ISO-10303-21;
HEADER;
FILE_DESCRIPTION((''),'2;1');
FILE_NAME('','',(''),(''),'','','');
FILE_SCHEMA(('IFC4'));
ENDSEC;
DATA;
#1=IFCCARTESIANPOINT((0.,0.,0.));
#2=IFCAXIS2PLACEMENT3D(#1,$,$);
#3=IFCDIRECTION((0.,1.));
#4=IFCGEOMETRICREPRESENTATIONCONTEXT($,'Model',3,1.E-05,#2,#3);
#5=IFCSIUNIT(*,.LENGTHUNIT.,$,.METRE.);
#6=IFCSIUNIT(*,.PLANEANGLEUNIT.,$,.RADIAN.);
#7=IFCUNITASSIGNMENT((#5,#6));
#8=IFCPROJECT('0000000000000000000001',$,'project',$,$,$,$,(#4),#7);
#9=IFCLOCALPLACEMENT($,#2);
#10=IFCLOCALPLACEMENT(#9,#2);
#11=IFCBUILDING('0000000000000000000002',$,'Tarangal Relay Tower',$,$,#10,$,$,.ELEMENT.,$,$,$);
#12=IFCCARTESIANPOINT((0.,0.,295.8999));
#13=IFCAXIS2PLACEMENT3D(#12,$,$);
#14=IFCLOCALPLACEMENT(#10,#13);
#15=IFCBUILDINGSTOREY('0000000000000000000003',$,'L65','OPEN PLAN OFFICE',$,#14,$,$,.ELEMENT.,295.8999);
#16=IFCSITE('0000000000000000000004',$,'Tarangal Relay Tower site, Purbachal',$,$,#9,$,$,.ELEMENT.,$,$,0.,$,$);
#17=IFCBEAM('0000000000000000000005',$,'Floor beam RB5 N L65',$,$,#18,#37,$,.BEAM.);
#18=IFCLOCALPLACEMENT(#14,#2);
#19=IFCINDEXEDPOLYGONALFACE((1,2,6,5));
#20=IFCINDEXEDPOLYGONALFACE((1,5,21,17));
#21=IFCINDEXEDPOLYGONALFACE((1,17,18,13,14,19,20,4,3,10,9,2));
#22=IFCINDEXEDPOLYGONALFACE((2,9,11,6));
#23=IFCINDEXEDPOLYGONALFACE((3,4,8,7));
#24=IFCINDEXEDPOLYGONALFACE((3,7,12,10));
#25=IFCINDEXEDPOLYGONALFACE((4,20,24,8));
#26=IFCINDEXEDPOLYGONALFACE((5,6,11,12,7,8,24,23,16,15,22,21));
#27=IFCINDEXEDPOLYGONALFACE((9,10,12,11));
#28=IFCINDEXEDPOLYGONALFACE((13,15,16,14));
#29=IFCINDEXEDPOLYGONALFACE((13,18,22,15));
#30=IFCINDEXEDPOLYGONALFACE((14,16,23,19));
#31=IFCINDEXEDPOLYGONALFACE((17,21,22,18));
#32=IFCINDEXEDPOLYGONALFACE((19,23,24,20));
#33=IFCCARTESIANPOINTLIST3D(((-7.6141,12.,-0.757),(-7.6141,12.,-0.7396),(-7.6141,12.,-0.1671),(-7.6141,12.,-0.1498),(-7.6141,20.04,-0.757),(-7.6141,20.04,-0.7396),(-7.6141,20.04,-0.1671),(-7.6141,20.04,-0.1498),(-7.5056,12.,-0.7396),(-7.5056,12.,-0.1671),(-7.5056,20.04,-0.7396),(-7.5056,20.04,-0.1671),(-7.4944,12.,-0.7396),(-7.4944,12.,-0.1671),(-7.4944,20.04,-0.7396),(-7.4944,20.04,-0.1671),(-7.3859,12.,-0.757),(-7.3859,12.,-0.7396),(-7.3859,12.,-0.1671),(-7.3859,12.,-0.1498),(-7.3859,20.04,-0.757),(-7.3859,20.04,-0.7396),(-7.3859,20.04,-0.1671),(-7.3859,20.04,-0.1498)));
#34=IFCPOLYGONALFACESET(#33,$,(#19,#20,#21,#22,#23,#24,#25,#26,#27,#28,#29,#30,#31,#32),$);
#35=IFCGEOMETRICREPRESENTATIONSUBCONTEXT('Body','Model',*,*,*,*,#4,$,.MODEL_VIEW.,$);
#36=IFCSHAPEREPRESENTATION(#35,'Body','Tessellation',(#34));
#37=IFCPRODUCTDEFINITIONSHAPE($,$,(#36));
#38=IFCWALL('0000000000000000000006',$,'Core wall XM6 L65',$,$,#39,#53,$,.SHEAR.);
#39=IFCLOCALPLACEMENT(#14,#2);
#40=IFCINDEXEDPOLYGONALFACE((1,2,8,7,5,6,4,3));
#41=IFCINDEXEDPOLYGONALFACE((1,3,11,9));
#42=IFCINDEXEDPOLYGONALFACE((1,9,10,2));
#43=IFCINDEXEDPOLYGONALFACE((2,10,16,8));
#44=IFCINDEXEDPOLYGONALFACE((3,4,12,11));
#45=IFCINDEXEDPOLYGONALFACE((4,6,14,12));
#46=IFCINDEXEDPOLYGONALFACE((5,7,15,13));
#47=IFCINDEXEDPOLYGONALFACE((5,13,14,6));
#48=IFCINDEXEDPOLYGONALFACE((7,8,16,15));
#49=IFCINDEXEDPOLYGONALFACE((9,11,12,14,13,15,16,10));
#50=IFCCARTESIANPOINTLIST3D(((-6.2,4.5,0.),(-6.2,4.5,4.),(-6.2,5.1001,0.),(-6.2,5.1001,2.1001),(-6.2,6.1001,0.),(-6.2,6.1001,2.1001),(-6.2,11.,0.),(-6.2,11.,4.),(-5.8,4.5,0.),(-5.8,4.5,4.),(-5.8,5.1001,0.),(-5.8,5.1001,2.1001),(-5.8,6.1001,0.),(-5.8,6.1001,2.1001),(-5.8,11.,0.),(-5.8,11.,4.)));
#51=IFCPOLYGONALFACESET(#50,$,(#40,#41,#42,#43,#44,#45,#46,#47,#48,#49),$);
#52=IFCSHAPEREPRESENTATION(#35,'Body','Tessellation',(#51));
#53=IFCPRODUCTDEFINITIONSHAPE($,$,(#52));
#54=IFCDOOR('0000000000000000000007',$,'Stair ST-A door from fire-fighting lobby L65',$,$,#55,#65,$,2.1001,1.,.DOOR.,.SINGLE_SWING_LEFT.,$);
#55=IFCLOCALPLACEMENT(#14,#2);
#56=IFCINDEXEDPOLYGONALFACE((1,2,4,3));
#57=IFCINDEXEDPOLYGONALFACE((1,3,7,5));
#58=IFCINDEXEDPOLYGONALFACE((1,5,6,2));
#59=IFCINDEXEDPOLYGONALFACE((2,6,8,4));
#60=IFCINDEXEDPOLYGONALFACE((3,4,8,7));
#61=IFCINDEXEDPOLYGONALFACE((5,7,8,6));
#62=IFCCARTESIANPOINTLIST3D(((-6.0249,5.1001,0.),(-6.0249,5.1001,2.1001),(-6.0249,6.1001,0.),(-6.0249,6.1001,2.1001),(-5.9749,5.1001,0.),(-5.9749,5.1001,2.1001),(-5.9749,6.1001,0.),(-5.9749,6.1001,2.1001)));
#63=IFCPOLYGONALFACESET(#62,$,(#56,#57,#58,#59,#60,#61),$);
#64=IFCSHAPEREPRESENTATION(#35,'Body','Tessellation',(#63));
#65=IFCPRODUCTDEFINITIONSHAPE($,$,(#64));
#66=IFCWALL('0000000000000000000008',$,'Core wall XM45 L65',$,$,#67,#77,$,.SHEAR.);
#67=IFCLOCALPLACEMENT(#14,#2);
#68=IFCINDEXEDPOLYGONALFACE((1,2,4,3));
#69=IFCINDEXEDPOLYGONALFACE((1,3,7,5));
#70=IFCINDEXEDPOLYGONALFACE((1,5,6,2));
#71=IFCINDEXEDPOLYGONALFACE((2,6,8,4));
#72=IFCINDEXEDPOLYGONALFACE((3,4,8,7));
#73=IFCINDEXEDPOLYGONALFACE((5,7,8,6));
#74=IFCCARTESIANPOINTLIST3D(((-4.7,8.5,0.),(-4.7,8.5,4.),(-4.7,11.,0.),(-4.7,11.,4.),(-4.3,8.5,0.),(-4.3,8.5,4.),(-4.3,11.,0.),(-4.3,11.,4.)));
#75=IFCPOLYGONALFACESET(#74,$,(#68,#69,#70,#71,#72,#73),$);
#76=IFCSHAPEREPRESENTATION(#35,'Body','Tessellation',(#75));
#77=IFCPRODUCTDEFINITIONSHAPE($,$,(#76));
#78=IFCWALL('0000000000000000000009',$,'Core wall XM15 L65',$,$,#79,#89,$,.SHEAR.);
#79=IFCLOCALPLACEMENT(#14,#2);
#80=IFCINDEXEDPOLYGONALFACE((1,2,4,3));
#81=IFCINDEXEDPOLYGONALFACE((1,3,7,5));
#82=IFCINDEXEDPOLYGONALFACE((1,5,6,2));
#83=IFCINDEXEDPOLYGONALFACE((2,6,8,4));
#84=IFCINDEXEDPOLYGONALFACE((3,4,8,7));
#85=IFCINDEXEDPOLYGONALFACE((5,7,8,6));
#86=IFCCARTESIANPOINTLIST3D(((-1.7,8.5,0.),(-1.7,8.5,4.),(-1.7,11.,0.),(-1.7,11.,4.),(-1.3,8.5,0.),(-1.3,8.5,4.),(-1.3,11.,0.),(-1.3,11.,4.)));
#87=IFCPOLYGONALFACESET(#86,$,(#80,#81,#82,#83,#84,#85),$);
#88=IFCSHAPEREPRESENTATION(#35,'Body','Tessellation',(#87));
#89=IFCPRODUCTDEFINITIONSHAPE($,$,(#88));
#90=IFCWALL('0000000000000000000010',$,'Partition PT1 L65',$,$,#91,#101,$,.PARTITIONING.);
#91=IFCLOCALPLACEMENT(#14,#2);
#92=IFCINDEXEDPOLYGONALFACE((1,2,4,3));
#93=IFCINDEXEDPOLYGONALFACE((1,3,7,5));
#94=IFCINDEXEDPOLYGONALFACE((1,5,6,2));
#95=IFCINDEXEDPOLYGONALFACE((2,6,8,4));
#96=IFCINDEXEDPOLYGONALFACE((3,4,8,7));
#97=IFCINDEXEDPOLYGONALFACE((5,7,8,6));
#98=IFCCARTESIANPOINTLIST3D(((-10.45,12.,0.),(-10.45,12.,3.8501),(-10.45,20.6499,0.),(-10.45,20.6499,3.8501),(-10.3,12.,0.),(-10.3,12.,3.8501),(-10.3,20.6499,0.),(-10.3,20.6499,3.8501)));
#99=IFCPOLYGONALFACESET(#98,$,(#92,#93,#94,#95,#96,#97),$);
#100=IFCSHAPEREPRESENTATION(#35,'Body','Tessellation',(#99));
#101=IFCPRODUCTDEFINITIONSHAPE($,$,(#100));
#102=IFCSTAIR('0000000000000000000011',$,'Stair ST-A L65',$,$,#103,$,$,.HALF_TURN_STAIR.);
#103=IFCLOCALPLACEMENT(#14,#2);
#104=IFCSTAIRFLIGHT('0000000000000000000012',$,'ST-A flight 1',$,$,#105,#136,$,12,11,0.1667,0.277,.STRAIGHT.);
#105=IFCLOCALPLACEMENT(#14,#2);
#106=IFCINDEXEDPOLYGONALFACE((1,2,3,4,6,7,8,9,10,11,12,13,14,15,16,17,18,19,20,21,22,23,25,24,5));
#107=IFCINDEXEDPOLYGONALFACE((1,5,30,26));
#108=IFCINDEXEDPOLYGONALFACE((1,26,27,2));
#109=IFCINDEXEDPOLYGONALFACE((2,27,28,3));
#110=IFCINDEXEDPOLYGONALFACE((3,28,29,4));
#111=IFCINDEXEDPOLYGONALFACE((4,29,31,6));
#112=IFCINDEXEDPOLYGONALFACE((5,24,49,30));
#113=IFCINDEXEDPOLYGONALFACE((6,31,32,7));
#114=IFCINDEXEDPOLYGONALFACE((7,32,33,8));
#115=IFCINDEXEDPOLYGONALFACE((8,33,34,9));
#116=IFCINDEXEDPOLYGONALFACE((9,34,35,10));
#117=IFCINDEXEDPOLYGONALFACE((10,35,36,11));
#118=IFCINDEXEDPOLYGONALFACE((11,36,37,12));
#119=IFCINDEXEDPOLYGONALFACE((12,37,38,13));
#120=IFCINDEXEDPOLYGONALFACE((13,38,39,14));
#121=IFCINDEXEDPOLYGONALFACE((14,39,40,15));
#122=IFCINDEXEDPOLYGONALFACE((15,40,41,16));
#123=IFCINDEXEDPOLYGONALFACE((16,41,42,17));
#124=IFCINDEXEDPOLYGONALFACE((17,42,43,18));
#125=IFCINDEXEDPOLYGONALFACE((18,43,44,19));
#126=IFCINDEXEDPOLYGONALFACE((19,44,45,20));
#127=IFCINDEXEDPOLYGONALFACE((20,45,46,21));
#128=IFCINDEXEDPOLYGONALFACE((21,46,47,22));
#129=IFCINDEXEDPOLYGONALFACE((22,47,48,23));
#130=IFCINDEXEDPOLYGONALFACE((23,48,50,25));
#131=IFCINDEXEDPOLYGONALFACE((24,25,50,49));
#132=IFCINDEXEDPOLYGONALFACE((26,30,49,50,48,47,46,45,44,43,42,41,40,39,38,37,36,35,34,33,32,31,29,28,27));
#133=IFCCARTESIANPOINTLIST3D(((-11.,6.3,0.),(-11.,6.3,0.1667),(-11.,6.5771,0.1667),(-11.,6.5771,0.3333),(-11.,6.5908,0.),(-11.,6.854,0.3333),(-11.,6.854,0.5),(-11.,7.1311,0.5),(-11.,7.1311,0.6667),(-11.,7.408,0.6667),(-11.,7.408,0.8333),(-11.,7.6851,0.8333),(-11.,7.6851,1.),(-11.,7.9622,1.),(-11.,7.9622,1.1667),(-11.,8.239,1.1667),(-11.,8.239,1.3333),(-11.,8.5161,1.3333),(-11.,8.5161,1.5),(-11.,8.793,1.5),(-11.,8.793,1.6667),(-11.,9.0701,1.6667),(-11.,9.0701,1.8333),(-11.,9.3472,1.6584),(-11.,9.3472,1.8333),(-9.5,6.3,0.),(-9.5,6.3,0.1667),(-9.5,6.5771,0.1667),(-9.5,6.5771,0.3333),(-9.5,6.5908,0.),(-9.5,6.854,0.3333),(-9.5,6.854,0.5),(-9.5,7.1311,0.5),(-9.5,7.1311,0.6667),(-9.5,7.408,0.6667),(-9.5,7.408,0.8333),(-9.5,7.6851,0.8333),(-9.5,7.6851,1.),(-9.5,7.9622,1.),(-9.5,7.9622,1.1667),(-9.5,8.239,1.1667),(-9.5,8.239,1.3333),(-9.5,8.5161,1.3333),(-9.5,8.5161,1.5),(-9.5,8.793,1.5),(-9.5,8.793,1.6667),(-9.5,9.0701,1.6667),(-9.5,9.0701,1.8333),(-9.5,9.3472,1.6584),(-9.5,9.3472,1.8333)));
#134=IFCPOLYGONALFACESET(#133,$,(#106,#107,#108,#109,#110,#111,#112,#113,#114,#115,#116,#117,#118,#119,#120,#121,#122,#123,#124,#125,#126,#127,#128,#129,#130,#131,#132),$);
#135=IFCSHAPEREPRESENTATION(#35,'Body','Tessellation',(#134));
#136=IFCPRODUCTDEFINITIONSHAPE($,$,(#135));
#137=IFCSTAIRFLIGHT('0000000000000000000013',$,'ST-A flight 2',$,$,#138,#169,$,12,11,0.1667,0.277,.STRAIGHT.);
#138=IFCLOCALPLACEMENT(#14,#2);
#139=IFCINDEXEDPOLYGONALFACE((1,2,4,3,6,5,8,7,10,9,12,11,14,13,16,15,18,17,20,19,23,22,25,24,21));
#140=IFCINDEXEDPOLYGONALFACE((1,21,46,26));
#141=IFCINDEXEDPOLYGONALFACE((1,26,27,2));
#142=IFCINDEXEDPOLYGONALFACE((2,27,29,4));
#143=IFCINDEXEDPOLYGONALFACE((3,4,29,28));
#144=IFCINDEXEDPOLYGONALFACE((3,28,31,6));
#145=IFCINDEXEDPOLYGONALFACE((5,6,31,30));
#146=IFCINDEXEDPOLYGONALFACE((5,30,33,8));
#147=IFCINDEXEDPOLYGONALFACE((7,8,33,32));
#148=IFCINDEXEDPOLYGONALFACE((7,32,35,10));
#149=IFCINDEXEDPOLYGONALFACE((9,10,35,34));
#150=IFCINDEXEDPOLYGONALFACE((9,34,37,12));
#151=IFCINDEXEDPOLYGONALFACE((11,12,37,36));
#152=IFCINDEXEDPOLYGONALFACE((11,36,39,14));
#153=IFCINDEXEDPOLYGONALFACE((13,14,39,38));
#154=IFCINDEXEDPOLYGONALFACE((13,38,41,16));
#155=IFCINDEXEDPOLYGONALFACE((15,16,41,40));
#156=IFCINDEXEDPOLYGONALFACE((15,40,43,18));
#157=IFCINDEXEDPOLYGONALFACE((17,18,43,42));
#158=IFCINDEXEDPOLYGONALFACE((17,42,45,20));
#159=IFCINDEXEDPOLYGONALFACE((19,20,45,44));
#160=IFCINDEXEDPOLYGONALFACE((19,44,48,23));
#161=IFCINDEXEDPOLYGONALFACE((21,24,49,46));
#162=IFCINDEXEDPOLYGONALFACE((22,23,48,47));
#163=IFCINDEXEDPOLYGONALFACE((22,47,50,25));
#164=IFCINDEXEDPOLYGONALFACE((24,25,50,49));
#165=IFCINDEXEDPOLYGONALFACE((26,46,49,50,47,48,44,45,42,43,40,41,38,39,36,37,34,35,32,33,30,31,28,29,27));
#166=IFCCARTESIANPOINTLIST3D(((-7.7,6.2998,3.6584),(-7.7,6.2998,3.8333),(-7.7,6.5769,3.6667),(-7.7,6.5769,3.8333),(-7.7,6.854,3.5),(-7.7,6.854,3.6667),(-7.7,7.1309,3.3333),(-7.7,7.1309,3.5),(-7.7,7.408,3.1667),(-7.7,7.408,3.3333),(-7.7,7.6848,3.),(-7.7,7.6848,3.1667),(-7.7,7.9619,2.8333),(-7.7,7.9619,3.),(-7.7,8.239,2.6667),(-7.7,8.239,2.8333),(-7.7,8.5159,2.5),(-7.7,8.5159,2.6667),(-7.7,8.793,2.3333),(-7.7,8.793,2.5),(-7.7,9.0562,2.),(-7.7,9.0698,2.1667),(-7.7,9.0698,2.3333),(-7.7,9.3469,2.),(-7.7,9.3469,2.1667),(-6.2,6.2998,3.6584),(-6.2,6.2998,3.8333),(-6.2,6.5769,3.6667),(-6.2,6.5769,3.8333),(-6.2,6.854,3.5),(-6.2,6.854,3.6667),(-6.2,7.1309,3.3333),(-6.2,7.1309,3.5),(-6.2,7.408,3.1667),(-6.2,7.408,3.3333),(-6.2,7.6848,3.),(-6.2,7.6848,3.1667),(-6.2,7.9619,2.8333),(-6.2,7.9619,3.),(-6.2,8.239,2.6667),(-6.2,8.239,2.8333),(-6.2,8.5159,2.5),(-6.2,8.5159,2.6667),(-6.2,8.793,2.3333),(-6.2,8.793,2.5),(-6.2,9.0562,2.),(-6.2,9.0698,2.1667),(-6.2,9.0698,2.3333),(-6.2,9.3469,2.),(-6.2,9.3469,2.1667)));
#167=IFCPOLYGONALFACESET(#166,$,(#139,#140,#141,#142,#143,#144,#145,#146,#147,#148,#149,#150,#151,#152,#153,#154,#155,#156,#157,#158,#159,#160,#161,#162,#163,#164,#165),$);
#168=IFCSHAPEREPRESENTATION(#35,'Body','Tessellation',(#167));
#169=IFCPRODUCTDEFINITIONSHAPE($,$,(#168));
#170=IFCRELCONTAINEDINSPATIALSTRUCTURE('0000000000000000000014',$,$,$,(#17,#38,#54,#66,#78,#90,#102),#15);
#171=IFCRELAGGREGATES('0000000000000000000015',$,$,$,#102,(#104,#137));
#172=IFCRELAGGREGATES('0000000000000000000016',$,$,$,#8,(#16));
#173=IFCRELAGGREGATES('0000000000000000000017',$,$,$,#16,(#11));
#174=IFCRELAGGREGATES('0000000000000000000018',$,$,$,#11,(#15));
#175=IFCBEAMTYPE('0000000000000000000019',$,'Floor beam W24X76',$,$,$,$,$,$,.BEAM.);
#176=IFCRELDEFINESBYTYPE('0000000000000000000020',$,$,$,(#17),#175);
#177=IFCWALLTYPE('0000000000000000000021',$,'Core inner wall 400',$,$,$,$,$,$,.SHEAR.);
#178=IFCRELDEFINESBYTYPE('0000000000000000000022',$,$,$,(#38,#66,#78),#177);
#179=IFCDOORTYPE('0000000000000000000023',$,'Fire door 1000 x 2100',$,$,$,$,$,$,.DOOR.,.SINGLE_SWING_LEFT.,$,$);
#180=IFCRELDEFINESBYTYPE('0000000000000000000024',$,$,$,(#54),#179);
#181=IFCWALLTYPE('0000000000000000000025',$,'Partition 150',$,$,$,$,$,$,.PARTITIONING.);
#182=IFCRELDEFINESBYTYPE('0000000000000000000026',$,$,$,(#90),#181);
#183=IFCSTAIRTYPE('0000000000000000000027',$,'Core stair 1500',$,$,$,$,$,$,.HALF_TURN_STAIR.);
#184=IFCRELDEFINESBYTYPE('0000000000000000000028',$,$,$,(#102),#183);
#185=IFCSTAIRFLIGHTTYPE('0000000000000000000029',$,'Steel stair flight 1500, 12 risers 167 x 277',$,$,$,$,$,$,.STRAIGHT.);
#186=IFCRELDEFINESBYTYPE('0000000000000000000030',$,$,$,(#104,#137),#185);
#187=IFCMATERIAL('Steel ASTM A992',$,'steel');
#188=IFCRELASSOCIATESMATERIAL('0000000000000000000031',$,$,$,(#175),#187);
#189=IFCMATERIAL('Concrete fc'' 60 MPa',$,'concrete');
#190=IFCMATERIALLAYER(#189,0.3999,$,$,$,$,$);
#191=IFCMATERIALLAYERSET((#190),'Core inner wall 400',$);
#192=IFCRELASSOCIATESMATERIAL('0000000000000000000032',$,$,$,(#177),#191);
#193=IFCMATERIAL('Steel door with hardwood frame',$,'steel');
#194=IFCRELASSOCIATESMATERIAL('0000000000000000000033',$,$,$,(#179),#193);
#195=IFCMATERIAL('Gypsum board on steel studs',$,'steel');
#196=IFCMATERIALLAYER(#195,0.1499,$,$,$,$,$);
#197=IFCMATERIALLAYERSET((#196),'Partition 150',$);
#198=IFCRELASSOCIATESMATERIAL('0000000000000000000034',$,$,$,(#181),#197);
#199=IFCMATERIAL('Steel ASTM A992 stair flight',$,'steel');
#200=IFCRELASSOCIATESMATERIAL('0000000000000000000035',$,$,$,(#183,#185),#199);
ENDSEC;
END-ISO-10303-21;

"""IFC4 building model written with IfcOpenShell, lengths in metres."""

from ifc_helpers import new_model, si_unit, direction, frame, frame_2d, origin, origin_2d, place, context, subcontext, project, spatial, polyline, rectangle, i_section, outline, extrude, material, layer, layer_set, material_profile, profile_set, type_object, element, fill, aggregate, save


model = new_model("IFC4")

# Units and contexts
model_context = context("Model", 3, precision=1e-05, world=origin(), true_north=direction((0.0, 1.0)))
body_context = subcontext(model_context, "Body", "Model", "MODEL_VIEW")
ifc_project = project(units=[si_unit("LENGTHUNIT", "METRE"), si_unit("PLANEANGLEUNIT", "RADIAN")], contexts=[model_context])

# Site, building, storey
site_placement = place(None, origin())
site = spatial("IfcSite", under=ifc_project, at=site_placement, Name="Tarangal Relay Tower site, Purbachal", CompositionType="ELEMENT", RefElevation=0.0)
building_placement = place(site_placement, origin())
building = spatial("IfcBuilding", under=site, at=building_placement, Name="Tarangal Relay Tower", CompositionType="ELEMENT")
storey_placement = place(building_placement, frame((0.0, 0.0, 295.8999)))
storey = spatial("IfcBuildingStorey", under=building, at=storey_placement, Name="L65", Description="OPEN PLAN OFFICE", CompositionType="ELEMENT", Elevation=295.8999)

# Beam
ifc_material_1 = material(Name="Steel ASTM A992", Category="steel")
ifc_material_profile = material_profile(ifc_material_1, i_section(OverallWidth=0.2283, OverallDepth=0.6072, WebThickness=0.0112, FlangeThickness=0.0173, at=origin_2d()), Name="W24X76")
ifc_profile_set = profile_set([ifc_material_profile], Name="Steel ASTM A992")
beam_type = type_object("IfcBeamType", Name="Floor beam W24X76", PredefinedType="BEAM", material=ifc_profile_set)
beam_placement = place(storey_placement, frame((-7.5, 12.0, -0.4534), z_axis=(0.0, 1.0, 0.0), x_axis=(-1.0, 0.0, 0.0)))
element("IfcBeam", 1, at=beam_placement, inside=storey, type_object=beam_type, Name="Floor beam RB5 N L65", PredefinedType="BEAM", context=body_context, shape_type="SweptSolid", body=[
    extrude(i_section(OverallWidth=0.2283, OverallDepth=0.6072, WebThickness=0.0112, FlangeThickness=0.0173, at=origin_2d()), origin(), (0.0, 0.0, 1.0), 8.04),
])

# Shared definitions
ifc_material_2 = material(Name="Concrete fc' 60 MPa", Category="concrete")
ifc_layer_1 = layer(ifc_material_2, 0.3999)
ifc_layer_set_1 = layer_set([ifc_layer_1], Name="Core inner wall 400")
wall_type_1 = type_object("IfcWallType", Name="Core inner wall 400", PredefinedType="SHEAR", material=ifc_layer_set_1)
ifc_material_3 = material(Name="Steel door with hardwood frame", Category="steel")

# Wall, opening, door
wall_1_placement = place(storey_placement, frame((-6.0, 4.5, 0.0), z_axis=(0.0, 0.0, 1.0), x_axis=(0.0, 1.0, 0.0)))
wall_1 = element("IfcWall", 2, at=wall_1_placement, inside=storey, type_object=wall_type_1, Name="Core wall XM6 L65", PredefinedType="SHEAR", context=body_context, shape_type="SweptSolid", body=[
    extrude(rectangle(XDim=6.5, YDim=0.3999, at=frame_2d((3.25, 0.0))), origin(), (0.0, 0.0, 1.0), 4.0),
])
opening_1_placement = place(wall_1_placement, frame((0.6001, 0.0, 0.0)))
opening_1 = element("IfcOpeningElement", 3, at=opening_1_placement, cuts=wall_1, PredefinedType="OPENING", context=body_context, shape_type="SweptSolid", body=[
    extrude(rectangle(XDim=1.0, YDim=2.1001, at=frame_2d((0.5, 1.05))), frame((0.0, 0.21, 0.0), z_axis=(0.0, -1.0, 0.0), x_axis=(1.0, 0.0, 0.0)), (0.0, 0.0, 1.0), 0.4199),
])
door_type_1 = type_object("IfcDoorType", Name="Fire door 1000 x 2100", OperationType="SINGLE_SWING_LEFT", PredefinedType="DOOR", material=ifc_material_3)
door_1_placement = place(opening_1_placement, origin())
door_1 = element("IfcDoor", 4, at=door_1_placement, inside=storey, type_object=door_type_1, Name="Stair ST-A door from fire-fighting lobby L65", OperationType="SINGLE_SWING_LEFT", OverallHeight=2.1001, OverallWidth=1.0, PredefinedType="DOOR", context=body_context, shape_type="SweptSolid", body=[
    extrude(rectangle(XDim=1.0, YDim=2.1001, at=frame_2d((0.5, 1.05))), frame((0.0, 0.0249, 0.0), z_axis=(0.0, -1.0, 0.0), x_axis=(1.0, 0.0, 0.0)), (0.0, 0.0, 1.0), 0.05),
])
fill(opening_1, door_1)

# Walls
for number, where, z_axis, x_axis, name in (
    (5, (-4.5, 8.5, 0.0), (0.0, 0.0, 1.0), (0.0, 1.0, 0.0), "Core wall XM45 L65"),
    (6, (-1.5, 8.5, 0.0), (0.0, 0.0, 1.0), (0.0, 1.0, 0.0), "Core wall XM15 L65"),
):
    element("IfcWall", number, at=place(storey_placement, frame(where, z_axis=z_axis, x_axis=x_axis)), inside=storey, type_object=wall_type_1, Name=name, PredefinedType="SHEAR", context=body_context, shape_type="SweptSolid", body=[
        extrude(rectangle(XDim=2.5, YDim=0.3999, at=frame_2d((1.25, 0.0))), origin(), (0.0, 0.0, 1.0), 4.0),
    ])
ifc_material_4 = material(Name="Gypsum board on steel studs", Category="steel")
ifc_layer_2 = layer(ifc_material_4, 0.1499)
ifc_layer_set_2 = layer_set([ifc_layer_2], Name="Partition 150")
wall_type_2 = type_object("IfcWallType", Name="Partition 150", PredefinedType="PARTITIONING", material=ifc_layer_set_2)
wall_2_placement = place(storey_placement, frame((-10.375, 12.0, 0.0), z_axis=(0.0, 0.0, 1.0), x_axis=(0.0, 1.0, 0.0)))
element("IfcWall", 7, at=wall_2_placement, inside=storey, type_object=wall_type_2, Name="Partition PT1 L65", PredefinedType="PARTITIONING", context=body_context, shape_type="SweptSolid", body=[
    extrude(rectangle(XDim=8.6499, YDim=0.1499, at=frame_2d((4.325, 0.0))), origin(), (0.0, 0.0, 1.0), 3.8501),
])

# Stair, stair flights
ifc_material_5 = material(Name="Steel ASTM A992 stair flight", Category="steel")
stair_type = type_object("IfcStairType", Name="Core stair 1500", PredefinedType="HALF_TURN_STAIR", material=ifc_material_5)
stair_placement = place(storey_placement, origin())
stair = element("IfcStair", 8, at=stair_placement, inside=storey, type_object=stair_type, Name="Stair ST-A L65", PredefinedType="HALF_TURN_STAIR")
stair_flight_type = type_object("IfcStairFlightType", Name="Steel stair flight 1500, 12 risers 167 x 277", PredefinedType="STRAIGHT", material=ifc_material_5)
stair_flight_1_placement = place(storey_placement, frame((-10.25, 6.3, 0.0), z_axis=(0.0, 0.0, 1.0), x_axis=(0.0, 1.0, 0.0)))
stair_flight_1 = element("IfcStairFlight", 9, at=stair_flight_1_placement, type_object=stair_flight_type, Name="ST-A flight 1", NumberOfRisers=12, NumberOfTreads=11, PredefinedType="STRAIGHT", RiserHeight=0.1667, TreadLength=0.277, context=body_context, shape_type="SweptSolid", body=[
    extrude(outline(polyline([(0.0, 0.0), (0.0, 0.1667), (0.2771, 0.1667), (0.2771, 0.3333), (0.554, 0.3333), (0.554, 0.5), (0.8311, 0.5), (0.8311, 0.6667), (1.1079, 0.6667), (1.1079, 0.8333), (1.385, 0.8333), (1.385, 1.0), (1.6621, 1.0), (1.6621, 1.1667), (1.939, 1.1667), (1.939, 1.3333), (2.2161, 1.3333), (2.2161, 1.5), (2.4929, 1.5), (2.4929, 1.6667), (2.77, 1.6667), (2.77, 1.8333), (3.0471, 1.8333), (3.0471, 2.0), (3.0471, 1.6584), (0.2908, 0.0), (0.0, 0.0)])), frame((0.0, 0.75, 0.0), z_axis=(0.0, -1.0, 0.0), x_axis=(1.0, 0.0, 0.0)), (0.0, 0.0, 1.0), 1.5),
])
stair_flight_2_placement = place(storey_placement, frame((-6.95, 9.3469, 2.0), z_axis=(0.0, 0.0, 1.0), x_axis=(0.0, -1.0, 0.0)))
stair_flight_2 = element("IfcStairFlight", 10, at=stair_flight_2_placement, type_object=stair_flight_type, Name="ST-A flight 2", NumberOfRisers=12, NumberOfTreads=11, PredefinedType="STRAIGHT", RiserHeight=0.1667, TreadLength=0.277, context=body_context, shape_type="SweptSolid", body=[
    extrude(outline(polyline([(0.0, 0.0), (0.0, 0.1667), (0.2771, 0.1667), (0.2771, 0.3333), (0.554, 0.3333), (0.554, 0.5), (0.8311, 0.5), (0.8311, 0.6667), (1.1079, 0.6667), (1.1079, 0.8333), (1.385, 0.8333), (1.385, 1.0), (1.6621, 1.0), (1.6621, 1.1667), (1.939, 1.1667), (1.939, 1.3333), (2.2161, 1.3333), (2.2161, 1.5), (2.4929, 1.5), (2.4929, 1.6667), (2.77, 1.6667), (2.77, 1.8333), (3.0471, 1.8333), (3.0471, 2.0), (3.0471, 1.6584), (0.2908, 0.0), (0.0, 0.0)])), frame((0.0, 0.75, 0.0), z_axis=(0.0, -1.0, 0.0), x_axis=(1.0, 0.0, 0.0)), (0.0, 0.0, 1.0), 1.5),
])
aggregate(stair, [stair_flight_1, stair_flight_2])

save(model, "model.ifc")
